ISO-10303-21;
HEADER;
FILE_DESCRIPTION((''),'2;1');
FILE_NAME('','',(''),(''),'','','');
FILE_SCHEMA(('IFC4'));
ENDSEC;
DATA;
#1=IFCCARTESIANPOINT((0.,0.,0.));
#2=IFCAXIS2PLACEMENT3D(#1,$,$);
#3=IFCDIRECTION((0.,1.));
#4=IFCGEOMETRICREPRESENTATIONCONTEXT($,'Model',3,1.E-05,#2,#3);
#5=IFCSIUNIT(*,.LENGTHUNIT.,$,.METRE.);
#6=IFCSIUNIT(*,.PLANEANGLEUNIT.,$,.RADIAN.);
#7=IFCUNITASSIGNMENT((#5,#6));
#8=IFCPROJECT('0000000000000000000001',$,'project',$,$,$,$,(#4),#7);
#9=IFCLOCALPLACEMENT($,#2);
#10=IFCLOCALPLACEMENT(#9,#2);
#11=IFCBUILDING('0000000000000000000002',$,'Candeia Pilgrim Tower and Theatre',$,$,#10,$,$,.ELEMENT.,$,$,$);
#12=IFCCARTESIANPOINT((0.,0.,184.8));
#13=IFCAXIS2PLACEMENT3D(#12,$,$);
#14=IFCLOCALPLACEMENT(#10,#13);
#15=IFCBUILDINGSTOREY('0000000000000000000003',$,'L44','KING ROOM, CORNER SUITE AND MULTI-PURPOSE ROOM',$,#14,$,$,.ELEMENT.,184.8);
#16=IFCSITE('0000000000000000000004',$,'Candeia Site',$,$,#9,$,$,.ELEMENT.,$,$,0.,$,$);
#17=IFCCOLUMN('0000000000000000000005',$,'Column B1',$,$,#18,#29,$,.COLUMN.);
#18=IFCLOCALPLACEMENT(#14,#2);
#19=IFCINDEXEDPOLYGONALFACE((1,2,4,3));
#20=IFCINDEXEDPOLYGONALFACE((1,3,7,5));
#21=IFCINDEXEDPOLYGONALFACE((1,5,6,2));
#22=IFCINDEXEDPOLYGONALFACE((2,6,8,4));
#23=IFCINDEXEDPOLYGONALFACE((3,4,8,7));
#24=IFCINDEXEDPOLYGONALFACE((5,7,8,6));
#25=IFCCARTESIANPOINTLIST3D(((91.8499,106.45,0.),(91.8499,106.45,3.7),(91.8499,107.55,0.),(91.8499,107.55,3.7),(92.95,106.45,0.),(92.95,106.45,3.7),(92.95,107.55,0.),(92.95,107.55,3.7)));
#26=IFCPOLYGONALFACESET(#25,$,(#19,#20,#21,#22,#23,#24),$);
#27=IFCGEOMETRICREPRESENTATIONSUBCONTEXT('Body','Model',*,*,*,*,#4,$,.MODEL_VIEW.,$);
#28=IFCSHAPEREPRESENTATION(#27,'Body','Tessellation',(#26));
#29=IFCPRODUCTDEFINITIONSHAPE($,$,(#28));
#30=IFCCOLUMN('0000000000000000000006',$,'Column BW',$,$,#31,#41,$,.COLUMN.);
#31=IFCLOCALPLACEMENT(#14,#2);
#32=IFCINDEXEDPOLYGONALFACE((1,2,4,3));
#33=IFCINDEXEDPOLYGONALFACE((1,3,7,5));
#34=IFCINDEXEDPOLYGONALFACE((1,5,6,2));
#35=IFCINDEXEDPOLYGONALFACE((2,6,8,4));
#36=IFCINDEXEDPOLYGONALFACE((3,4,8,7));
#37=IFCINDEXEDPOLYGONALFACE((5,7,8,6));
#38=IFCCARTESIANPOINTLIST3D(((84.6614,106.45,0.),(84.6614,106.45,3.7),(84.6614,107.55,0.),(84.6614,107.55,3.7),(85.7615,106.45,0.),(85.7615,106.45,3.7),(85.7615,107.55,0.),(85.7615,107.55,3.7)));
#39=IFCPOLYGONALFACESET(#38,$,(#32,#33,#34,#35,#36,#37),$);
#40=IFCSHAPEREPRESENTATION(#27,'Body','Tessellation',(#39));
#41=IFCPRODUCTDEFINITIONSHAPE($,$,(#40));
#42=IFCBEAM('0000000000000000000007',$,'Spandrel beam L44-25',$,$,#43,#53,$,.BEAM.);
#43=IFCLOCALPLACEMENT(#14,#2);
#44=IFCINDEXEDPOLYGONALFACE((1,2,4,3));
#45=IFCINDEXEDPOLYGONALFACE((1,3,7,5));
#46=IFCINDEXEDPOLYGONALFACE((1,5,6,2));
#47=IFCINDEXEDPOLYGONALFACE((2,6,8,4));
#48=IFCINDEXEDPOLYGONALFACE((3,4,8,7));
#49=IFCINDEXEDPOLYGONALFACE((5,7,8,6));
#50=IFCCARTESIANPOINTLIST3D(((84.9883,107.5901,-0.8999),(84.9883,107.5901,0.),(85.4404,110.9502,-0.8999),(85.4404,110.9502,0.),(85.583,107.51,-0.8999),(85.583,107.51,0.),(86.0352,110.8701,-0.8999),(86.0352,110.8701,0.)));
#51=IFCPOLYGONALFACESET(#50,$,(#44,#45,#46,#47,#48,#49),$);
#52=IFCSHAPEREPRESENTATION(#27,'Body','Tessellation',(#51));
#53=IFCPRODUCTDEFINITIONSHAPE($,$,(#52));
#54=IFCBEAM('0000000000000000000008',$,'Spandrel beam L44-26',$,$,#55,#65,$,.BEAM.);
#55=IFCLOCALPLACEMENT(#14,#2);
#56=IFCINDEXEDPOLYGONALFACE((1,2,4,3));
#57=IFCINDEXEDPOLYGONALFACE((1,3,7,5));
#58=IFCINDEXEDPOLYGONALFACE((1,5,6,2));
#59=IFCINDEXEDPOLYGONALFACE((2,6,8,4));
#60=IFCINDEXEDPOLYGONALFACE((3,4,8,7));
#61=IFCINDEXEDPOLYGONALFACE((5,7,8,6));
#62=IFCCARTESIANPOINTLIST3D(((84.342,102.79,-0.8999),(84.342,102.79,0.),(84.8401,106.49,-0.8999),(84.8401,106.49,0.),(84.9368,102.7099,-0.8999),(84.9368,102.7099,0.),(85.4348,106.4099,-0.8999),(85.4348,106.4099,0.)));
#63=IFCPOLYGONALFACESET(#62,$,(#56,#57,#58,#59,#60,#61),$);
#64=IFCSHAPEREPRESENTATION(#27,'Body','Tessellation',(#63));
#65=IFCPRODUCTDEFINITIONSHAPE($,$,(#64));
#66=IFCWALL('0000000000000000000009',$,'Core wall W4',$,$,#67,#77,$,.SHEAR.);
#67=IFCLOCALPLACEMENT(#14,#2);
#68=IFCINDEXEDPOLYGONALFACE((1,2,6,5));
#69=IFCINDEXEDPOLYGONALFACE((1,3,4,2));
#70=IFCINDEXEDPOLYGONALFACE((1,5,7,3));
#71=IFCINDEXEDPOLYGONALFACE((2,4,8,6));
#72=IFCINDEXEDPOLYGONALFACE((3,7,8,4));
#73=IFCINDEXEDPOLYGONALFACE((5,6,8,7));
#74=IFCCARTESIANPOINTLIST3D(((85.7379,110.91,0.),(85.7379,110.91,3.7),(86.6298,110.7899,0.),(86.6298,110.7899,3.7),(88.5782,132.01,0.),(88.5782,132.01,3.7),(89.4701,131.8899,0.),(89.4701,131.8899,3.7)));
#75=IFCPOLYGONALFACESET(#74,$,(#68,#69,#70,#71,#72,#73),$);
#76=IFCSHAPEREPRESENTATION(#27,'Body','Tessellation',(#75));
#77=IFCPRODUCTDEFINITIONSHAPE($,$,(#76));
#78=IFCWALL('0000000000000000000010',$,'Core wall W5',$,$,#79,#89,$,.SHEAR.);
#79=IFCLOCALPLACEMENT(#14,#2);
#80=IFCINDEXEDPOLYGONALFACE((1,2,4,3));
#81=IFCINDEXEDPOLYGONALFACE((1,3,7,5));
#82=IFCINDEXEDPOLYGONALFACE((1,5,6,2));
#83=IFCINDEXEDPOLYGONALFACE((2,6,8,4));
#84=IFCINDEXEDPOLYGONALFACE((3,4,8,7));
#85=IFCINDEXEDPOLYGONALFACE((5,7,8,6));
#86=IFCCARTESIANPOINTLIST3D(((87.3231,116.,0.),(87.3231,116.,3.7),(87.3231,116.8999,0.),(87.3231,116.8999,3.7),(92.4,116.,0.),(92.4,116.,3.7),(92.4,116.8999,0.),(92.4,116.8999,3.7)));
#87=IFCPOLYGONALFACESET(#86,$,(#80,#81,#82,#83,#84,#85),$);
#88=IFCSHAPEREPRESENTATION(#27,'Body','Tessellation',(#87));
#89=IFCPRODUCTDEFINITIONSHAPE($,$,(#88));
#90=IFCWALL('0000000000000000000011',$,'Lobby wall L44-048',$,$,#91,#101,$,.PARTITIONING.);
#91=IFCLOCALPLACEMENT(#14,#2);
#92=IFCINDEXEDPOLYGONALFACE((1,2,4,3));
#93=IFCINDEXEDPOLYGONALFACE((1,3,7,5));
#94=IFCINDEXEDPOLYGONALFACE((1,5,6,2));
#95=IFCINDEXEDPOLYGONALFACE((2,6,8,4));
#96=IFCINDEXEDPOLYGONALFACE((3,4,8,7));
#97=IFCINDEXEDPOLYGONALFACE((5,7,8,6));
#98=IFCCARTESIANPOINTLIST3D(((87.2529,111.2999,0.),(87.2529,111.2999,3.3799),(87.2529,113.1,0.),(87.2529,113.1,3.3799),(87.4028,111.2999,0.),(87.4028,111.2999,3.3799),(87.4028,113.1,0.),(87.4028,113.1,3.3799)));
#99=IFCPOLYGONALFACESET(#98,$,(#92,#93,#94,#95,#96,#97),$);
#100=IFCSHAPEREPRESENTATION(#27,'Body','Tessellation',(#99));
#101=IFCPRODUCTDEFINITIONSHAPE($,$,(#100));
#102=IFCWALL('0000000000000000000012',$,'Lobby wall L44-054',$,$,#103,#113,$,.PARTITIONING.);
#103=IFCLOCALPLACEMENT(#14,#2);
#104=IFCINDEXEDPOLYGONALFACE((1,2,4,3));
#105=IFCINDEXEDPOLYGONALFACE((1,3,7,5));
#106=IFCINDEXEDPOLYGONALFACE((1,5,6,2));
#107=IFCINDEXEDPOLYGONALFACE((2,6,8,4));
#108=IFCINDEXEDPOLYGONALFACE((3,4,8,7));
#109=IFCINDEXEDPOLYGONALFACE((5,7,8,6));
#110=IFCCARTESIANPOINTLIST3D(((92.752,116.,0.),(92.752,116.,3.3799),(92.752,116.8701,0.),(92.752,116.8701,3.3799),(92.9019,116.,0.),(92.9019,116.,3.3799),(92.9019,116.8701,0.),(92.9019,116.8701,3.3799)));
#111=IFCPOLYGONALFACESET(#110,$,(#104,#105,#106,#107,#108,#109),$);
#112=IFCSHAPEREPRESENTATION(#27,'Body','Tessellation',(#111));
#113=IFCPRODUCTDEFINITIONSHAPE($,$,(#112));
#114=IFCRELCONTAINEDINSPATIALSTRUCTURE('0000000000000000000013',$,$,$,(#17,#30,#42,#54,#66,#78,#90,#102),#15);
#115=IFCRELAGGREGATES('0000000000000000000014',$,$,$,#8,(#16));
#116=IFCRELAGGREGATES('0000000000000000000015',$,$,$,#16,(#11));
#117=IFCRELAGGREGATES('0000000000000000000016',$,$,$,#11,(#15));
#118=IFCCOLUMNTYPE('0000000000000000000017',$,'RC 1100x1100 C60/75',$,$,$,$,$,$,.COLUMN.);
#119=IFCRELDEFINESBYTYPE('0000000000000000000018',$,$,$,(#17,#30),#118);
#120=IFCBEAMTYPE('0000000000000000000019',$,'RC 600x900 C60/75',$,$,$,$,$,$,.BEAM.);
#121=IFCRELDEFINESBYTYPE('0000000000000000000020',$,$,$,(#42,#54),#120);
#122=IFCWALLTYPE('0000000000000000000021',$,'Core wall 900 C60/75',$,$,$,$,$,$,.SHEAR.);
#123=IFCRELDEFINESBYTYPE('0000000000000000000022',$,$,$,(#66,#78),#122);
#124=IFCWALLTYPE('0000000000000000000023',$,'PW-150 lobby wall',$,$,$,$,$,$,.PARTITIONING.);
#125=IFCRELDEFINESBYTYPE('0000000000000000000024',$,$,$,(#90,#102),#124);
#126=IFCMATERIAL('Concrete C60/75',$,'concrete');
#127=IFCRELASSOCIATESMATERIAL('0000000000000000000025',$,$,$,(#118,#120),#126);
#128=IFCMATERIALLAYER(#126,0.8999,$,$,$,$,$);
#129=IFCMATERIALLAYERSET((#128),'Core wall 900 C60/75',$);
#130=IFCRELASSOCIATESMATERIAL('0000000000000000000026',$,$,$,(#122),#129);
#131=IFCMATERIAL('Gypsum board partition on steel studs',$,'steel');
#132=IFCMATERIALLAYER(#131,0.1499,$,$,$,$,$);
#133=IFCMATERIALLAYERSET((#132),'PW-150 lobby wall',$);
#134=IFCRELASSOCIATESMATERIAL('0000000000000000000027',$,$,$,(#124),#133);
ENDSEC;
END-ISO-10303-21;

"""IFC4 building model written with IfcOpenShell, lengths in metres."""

from ifc_helpers import new_model, si_unit, direction, frame, frame_2d, origin, origin_2d, place, context, subcontext, project, spatial, rectangle, extrude, material, layer, layer_set, material_profile, profile_set, type_object, element, save


model = new_model("IFC4")

# Units and contexts
model_context = context("Model", 3, precision=1e-05, world=origin(), true_north=direction((0.0, 1.0)))
body_context = subcontext(model_context, "Body", "Model", "MODEL_VIEW")
ifc_project = project(units=[si_unit("LENGTHUNIT", "METRE"), si_unit("PLANEANGLEUNIT", "RADIAN")], contexts=[model_context])

# Site, building, storey
site_placement = place(None, origin())
site = spatial("IfcSite", under=ifc_project, at=site_placement, Name="Candeia Site", CompositionType="ELEMENT", RefElevation=0.0)
building_placement = place(site_placement, origin())
building = spatial("IfcBuilding", under=site, at=building_placement, Name="Candeia Pilgrim Tower and Theatre", CompositionType="ELEMENT")
storey_placement = place(building_placement, frame((0.0, 0.0, 184.8)))
storey = spatial("IfcBuildingStorey", under=building, at=storey_placement, Name="L44", Description="KING ROOM, CORNER SUITE AND MULTI-PURPOSE ROOM", CompositionType="ELEMENT", Elevation=184.8)

# Columns
ifc_material_1 = material(Name="Concrete C60/75", Category="concrete")
ifc_material_profile_1 = material_profile(ifc_material_1, rectangle(XDim=1.1001, YDim=1.1001, at=origin_2d()))
ifc_profile_set_1 = profile_set([ifc_material_profile_1], Name="Concrete C60/75")
column_type = type_object("IfcColumnType", Name="RC 1100x1100 C60/75", PredefinedType="COLUMN", material=ifc_profile_set_1)
for number, where, z_axis, x_axis, name in (
    (1, (92.3999, 107.0, 0.0), (0.0, 0.0, 1.0), (1.0, 0.0, 0.0), "Column B1"),
    (2, (85.2114, 107.0, 0.0), (0.0, 0.0, 1.0), (1.0, 0.0, 0.0), "Column BW"),
):
    element("IfcColumn", number, at=place(storey_placement, frame(where, z_axis=z_axis, x_axis=x_axis)), inside=storey, type_object=column_type, Name=name, PredefinedType="COLUMN", context=body_context, shape_type="SweptSolid", body=[
        extrude(rectangle(XDim=1.1001, YDim=1.1001, at=origin_2d()), origin(), (0.0, 0.0, 1.0), 3.7),
    ])

# Beams
ifc_material_profile_2 = material_profile(ifc_material_1, rectangle(XDim=0.6001, YDim=0.8999, at=origin_2d()))
ifc_profile_set_2 = profile_set([ifc_material_profile_2], Name="Concrete C60/75")
beam_type = type_object("IfcBeamType", Name="RC 600x900 C60/75", PredefinedType="BEAM", material=ifc_profile_set_2)
beam_1_placement = place(storey_placement, frame((85.7378, 110.9102, -0.45), z_axis=(-0.133362, -0.991067, 0.0), x_axis=(0.991067, -0.133362, 0.0)))
element("IfcBeam", 3, at=beam_1_placement, inside=storey, type_object=beam_type, Name="Spandrel beam L44-25", PredefinedType="BEAM", context=body_context, shape_type="SweptSolid", body=[
    extrude(rectangle(XDim=0.6001, YDim=0.8999, at=origin_2d()), origin(), (0.0, 0.0, 1.0), 3.3904),
])
beam_2_placement = place(storey_placement, frame((85.1375, 106.45, -0.45), z_axis=(-0.133406, -0.991061, 0.0), x_axis=(0.991061, -0.133406, 0.0)))
element("IfcBeam", 4, at=beam_2_placement, inside=storey, type_object=beam_type, Name="Spandrel beam L44-26", PredefinedType="BEAM", context=body_context, shape_type="SweptSolid", body=[
    extrude(rectangle(XDim=0.6001, YDim=0.8999, at=origin_2d()), origin(), (0.0, 0.0, 1.0), 3.7334),
])

# Walls
ifc_layer_1 = layer(ifc_material_1, 0.8999)
ifc_layer_set_1 = layer_set([ifc_layer_1], Name="Core wall 900 C60/75")
wall_type_1 = type_object("IfcWallType", Name="Core wall 900 C60/75", PredefinedType="SHEAR", material=ifc_layer_set_1)
wall_1_placement = place(storey_placement, frame((86.1838, 110.8501, 0.0), z_axis=(0.0, 0.0, 1.0), x_axis=(0.13341, 0.991061, 0.0)))
element("IfcWall", 5, at=wall_1_placement, inside=storey, type_object=wall_type_1, Name="Core wall W4", PredefinedType="SHEAR", context=body_context, shape_type="SweptSolid", body=[
    extrude(rectangle(XDim=21.2903, YDim=0.8999, at=frame_2d((10.645, 0.0))), origin(), (0.0, 0.0, 1.0), 3.7),
])
wall_2_placement = place(storey_placement, frame((87.323, 116.45, 0.0), z_axis=(0.0, 0.0, 1.0), x_axis=(1.0, 0.0, 0.0)))
element("IfcWall", 6, at=wall_2_placement, inside=storey, type_object=wall_type_1, Name="Core wall W5", PredefinedType="SHEAR", context=body_context, shape_type="SweptSolid", body=[
    extrude(rectangle(XDim=5.0769, YDim=0.8999, at=frame_2d((2.5386, 0.0))), origin(), (0.0, 0.0, 1.0), 3.7),
])

# Walls
ifc_material_2 = material(Name="Gypsum board partition on steel studs", Category="steel")
ifc_layer_2 = layer(ifc_material_2, 0.1499)
ifc_layer_set_2 = layer_set([ifc_layer_2], Name="PW-150 lobby wall")
wall_type_2 = type_object("IfcWallType", Name="PW-150 lobby wall", PredefinedType="PARTITIONING", material=ifc_layer_set_2)
wall_3_placement = place(storey_placement, frame((87.3279, 111.3, 0.0), z_axis=(0.0, 0.0, 1.0), x_axis=(0.0, 1.0, 0.0)))
element("IfcWall", 7, at=wall_3_placement, inside=storey, type_object=wall_type_2, Name="Lobby wall L44-048", PredefinedType="PARTITIONING", context=body_context, shape_type="SweptSolid", body=[
    extrude(rectangle(XDim=1.8, YDim=0.1499, at=frame_2d((0.8999, 0.0))), origin(), (0.0, 0.0, 1.0), 3.3799),
])
wall_4_placement = place(storey_placement, frame((92.8269, 116.0, 0.0), z_axis=(0.0, 0.0, 1.0), x_axis=(0.0, 1.0, 0.0)))
element("IfcWall", 8, at=wall_4_placement, inside=storey, type_object=wall_type_2, Name="Lobby wall L44-054", PredefinedType="PARTITIONING", context=body_context, shape_type="SweptSolid", body=[
    extrude(rectangle(XDim=0.8701, YDim=0.1499, at=frame_2d((0.4351, 0.0))), origin(), (0.0, 0.0, 1.0), 3.3799),
])

save(model, "model.ifc")
